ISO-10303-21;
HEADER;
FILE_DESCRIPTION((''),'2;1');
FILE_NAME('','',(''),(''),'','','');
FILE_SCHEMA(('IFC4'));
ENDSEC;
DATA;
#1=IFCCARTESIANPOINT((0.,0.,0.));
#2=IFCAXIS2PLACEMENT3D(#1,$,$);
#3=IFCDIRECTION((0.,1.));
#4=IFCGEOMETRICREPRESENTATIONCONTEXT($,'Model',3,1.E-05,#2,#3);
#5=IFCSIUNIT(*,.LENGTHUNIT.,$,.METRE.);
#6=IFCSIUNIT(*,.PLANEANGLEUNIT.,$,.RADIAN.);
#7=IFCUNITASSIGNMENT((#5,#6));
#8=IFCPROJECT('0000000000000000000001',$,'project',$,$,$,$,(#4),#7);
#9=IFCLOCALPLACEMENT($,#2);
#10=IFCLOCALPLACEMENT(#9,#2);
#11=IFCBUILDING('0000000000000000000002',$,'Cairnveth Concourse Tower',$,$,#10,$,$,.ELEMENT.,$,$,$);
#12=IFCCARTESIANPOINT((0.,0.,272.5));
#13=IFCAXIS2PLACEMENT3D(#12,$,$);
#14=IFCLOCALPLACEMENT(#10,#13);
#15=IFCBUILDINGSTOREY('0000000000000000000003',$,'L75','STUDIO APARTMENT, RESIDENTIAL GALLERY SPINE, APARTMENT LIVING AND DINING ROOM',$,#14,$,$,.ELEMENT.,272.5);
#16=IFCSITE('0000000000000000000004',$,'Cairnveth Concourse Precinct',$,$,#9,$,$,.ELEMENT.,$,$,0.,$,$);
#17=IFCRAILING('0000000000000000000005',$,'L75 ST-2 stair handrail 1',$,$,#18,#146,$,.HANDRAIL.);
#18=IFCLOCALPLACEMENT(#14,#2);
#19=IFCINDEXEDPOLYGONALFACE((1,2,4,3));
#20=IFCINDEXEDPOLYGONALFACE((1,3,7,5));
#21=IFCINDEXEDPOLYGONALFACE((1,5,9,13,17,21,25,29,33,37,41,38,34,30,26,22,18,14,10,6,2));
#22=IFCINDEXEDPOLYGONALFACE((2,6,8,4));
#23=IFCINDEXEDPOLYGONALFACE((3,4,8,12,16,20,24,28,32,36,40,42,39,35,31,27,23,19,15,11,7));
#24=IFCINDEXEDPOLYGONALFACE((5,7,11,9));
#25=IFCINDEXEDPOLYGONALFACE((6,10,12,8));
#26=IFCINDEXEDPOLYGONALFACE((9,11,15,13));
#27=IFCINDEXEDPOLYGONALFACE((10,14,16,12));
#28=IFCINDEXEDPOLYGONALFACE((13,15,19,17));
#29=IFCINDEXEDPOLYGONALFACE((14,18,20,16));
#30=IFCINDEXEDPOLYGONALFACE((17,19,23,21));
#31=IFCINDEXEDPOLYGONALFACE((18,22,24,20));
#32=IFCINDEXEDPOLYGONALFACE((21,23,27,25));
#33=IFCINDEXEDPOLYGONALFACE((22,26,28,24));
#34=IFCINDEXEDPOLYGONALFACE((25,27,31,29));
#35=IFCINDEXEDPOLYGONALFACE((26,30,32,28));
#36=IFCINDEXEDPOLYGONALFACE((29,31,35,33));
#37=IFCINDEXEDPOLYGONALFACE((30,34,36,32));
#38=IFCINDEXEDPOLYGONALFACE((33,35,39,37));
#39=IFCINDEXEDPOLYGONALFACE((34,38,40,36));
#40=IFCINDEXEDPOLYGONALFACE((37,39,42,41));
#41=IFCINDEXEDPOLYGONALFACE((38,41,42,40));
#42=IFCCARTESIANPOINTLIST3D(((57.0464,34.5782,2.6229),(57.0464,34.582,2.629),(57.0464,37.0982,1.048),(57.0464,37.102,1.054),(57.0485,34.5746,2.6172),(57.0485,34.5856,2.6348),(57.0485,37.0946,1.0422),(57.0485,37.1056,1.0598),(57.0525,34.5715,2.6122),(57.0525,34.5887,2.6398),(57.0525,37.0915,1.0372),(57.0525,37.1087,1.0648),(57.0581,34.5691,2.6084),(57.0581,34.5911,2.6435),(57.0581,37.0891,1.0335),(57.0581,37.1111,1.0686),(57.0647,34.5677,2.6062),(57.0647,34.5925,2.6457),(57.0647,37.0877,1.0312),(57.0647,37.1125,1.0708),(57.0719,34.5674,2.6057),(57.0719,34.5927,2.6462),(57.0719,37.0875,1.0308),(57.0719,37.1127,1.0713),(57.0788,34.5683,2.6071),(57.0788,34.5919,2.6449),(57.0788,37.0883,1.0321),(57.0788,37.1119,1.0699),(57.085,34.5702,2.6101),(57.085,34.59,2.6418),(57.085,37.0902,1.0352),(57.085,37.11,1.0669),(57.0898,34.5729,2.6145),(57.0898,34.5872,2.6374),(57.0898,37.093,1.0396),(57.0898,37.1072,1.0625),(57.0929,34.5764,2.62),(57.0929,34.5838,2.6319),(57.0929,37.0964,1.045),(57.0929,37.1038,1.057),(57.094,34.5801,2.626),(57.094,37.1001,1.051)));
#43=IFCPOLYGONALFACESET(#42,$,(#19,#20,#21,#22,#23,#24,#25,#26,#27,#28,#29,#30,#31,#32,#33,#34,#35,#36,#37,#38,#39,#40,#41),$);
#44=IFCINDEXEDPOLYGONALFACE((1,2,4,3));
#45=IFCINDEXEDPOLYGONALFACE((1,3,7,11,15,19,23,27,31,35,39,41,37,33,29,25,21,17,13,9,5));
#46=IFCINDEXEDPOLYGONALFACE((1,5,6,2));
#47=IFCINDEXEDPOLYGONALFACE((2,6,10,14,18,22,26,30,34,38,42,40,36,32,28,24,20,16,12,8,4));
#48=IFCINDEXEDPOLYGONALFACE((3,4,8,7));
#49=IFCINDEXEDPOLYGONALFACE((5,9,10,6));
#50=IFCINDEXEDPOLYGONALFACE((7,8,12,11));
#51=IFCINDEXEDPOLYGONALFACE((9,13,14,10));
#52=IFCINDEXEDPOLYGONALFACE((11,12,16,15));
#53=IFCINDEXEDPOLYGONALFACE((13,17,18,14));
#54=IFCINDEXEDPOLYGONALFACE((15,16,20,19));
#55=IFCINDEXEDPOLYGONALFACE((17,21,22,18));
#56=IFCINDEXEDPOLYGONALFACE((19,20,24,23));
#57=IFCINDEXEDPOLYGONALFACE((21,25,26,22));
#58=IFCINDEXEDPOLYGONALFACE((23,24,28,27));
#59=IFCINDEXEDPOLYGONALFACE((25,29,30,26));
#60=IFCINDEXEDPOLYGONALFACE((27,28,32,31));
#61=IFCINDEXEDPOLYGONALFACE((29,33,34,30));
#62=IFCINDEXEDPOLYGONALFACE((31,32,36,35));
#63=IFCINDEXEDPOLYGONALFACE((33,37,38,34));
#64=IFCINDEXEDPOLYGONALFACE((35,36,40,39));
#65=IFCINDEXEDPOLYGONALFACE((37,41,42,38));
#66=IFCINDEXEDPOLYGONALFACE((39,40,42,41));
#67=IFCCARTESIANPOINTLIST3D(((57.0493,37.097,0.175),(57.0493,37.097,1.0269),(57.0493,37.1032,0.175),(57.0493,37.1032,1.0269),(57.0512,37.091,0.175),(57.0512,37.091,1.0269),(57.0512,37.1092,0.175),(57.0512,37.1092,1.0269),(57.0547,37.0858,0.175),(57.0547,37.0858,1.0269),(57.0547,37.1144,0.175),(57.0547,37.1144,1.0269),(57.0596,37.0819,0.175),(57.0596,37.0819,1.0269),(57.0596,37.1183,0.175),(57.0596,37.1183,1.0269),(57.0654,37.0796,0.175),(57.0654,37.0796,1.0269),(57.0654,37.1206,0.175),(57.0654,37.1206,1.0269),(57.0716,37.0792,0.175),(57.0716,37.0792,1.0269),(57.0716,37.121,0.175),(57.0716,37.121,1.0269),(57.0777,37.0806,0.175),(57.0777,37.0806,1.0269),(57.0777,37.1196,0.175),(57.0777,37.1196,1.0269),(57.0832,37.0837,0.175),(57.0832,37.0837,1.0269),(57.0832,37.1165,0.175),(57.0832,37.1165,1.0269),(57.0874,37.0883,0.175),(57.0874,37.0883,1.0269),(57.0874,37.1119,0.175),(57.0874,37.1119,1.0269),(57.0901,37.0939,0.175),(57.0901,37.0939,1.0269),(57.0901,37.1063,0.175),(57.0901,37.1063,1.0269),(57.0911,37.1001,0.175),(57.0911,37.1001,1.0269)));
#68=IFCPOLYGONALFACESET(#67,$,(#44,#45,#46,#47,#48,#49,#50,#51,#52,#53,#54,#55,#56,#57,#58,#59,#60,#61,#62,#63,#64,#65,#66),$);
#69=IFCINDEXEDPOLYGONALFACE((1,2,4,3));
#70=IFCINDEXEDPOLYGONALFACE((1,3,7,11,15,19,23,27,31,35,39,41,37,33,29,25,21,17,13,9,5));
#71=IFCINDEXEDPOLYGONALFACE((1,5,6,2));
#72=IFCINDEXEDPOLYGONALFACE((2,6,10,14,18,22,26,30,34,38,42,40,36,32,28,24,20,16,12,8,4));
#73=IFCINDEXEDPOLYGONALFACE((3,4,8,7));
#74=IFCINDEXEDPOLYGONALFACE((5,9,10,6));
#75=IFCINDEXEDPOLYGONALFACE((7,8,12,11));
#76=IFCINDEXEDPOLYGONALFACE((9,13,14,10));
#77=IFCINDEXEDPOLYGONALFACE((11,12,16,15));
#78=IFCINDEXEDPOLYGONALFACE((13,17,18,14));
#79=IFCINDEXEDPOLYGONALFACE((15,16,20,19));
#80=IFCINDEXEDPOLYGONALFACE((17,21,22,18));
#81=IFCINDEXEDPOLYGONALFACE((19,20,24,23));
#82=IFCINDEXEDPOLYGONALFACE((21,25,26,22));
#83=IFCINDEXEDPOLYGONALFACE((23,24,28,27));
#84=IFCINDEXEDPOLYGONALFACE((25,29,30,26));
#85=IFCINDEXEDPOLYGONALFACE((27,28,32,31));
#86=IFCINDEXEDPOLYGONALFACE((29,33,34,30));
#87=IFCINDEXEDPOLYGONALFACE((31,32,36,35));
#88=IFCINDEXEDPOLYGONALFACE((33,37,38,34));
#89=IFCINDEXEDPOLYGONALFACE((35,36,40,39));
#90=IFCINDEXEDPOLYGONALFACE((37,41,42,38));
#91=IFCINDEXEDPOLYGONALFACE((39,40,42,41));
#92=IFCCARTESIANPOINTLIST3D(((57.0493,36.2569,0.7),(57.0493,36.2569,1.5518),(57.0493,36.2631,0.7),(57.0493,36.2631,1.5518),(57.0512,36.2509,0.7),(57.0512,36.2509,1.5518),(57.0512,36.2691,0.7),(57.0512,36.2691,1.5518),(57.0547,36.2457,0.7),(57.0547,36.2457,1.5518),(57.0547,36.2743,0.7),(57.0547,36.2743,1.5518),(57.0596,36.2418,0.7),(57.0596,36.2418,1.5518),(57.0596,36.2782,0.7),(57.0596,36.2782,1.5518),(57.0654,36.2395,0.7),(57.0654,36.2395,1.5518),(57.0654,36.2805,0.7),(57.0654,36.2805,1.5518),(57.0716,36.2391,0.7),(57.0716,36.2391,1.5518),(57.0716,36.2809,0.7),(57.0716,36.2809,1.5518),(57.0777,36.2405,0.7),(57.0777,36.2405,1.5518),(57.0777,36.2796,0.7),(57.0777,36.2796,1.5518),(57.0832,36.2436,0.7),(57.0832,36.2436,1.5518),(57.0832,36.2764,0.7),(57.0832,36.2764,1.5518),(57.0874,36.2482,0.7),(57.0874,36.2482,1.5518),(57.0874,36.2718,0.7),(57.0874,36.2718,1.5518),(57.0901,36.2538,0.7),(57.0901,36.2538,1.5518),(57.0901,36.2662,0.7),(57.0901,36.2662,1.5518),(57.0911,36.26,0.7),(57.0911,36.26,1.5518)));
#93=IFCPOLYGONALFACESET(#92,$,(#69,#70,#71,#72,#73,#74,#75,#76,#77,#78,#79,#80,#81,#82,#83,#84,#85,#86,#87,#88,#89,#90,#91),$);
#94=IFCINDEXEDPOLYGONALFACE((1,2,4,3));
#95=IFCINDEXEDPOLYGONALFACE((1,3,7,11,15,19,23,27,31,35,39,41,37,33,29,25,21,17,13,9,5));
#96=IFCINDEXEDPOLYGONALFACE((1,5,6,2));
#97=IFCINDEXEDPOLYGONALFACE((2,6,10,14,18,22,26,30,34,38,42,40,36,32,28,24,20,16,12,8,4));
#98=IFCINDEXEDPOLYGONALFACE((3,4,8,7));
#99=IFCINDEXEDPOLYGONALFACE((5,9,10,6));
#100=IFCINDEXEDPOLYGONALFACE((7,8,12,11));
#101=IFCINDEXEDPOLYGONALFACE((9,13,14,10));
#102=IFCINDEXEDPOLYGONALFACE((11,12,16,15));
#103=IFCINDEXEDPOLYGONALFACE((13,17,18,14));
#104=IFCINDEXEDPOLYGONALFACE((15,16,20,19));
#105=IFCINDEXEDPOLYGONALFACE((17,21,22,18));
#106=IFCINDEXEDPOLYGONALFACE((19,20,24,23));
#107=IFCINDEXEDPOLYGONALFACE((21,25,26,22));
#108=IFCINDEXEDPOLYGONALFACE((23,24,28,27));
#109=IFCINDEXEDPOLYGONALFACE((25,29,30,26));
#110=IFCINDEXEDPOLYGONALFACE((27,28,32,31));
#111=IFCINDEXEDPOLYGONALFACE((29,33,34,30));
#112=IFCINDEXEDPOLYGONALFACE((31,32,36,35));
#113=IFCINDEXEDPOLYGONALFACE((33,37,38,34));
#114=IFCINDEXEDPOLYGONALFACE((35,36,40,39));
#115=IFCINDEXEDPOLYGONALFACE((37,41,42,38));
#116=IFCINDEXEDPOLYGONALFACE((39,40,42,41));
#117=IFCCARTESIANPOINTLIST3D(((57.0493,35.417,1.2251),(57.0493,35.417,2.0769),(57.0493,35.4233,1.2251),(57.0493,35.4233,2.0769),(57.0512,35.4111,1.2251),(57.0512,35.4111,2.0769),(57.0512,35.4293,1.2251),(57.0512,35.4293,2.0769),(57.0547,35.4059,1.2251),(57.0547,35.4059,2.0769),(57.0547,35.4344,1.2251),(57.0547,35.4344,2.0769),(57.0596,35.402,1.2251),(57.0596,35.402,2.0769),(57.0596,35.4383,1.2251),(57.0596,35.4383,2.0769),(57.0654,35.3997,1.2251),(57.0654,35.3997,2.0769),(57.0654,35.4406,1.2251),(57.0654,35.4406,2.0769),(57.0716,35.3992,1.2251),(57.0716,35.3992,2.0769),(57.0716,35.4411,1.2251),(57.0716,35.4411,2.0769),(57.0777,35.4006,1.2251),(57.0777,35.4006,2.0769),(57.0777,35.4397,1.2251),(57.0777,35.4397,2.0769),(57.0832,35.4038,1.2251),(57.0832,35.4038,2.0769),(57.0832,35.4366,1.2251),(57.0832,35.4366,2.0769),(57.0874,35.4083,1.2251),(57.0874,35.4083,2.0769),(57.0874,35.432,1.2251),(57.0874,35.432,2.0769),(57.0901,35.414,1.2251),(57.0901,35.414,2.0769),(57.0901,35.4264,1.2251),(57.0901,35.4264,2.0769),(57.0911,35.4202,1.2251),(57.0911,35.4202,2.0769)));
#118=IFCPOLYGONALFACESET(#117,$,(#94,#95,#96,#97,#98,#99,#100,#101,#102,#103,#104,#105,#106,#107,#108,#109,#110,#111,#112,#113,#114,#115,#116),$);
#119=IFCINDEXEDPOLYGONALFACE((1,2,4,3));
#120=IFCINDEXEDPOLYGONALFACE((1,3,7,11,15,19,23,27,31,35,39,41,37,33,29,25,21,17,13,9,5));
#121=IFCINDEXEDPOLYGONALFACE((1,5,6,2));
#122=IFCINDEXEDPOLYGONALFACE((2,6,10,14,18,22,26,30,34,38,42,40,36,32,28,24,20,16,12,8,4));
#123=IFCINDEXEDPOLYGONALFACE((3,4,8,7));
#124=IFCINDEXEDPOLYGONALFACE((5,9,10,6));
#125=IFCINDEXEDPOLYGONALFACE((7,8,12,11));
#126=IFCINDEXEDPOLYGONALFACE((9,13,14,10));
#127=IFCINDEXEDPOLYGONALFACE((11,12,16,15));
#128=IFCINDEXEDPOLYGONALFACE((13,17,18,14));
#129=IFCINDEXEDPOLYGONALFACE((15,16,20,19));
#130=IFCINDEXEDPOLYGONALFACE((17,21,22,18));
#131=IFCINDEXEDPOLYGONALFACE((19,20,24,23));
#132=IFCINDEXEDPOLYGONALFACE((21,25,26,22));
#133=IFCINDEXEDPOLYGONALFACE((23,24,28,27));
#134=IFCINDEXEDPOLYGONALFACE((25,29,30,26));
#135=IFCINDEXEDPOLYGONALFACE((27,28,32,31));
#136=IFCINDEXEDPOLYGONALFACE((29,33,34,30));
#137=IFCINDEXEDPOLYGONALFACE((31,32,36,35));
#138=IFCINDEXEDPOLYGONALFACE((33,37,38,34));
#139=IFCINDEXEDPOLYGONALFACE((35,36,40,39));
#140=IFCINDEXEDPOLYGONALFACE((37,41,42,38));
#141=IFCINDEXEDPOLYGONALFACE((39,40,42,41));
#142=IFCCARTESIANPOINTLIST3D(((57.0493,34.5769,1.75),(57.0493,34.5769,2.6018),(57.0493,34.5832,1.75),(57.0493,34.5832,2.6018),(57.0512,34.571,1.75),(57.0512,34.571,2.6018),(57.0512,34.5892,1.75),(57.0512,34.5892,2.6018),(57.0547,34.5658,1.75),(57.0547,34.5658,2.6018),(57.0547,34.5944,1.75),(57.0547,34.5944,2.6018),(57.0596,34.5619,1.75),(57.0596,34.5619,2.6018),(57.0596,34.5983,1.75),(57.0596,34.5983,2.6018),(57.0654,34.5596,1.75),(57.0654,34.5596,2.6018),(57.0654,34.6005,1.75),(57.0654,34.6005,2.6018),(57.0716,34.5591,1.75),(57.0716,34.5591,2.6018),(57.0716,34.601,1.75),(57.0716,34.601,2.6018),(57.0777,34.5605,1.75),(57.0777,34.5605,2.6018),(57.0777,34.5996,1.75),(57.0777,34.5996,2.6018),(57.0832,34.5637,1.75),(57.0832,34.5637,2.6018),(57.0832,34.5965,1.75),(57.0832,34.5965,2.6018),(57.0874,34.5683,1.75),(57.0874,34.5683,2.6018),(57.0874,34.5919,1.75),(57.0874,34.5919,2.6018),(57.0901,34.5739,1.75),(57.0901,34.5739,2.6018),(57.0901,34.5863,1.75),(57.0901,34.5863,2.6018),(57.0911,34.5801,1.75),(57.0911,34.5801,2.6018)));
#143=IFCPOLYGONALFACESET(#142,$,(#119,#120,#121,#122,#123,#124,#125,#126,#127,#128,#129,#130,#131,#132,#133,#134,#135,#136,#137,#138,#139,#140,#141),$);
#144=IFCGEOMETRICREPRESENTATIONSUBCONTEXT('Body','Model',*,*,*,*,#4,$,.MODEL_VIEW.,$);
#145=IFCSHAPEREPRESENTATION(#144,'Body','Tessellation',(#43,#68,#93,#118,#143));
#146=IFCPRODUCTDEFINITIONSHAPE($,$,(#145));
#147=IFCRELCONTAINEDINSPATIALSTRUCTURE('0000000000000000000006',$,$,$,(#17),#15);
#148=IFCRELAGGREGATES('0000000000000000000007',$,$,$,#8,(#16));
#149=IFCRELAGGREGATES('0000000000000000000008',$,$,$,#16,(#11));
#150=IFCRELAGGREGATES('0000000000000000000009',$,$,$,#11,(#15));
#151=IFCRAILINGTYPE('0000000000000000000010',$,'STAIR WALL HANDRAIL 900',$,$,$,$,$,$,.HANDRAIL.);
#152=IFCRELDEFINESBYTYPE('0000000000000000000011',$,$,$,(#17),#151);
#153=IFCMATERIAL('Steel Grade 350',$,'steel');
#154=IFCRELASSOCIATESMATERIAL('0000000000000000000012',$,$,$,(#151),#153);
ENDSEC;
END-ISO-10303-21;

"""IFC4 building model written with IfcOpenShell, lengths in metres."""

from ifc_helpers import new_model, si_unit, direction, frame, origin, origin_2d, place, context, subcontext, project, spatial, circle, extrude, material, type_object, element, save


model = new_model("IFC4")

# Units and contexts
model_context = context("Model", 3, precision=1e-05, world=origin(), true_north=direction((0.0, 1.0)))
body_context = subcontext(model_context, "Body", "Model", "MODEL_VIEW")
ifc_project = project(units=[si_unit("LENGTHUNIT", "METRE"), si_unit("PLANEANGLEUNIT", "RADIAN")], contexts=[model_context])

# Site, building, storey
site_placement = place(None, origin())
site = spatial("IfcSite", under=ifc_project, at=site_placement, Name="Cairnveth Concourse Precinct", CompositionType="ELEMENT", RefElevation=0.0)
building_placement = place(site_placement, origin())
building = spatial("IfcBuilding", under=site, at=building_placement, Name="Cairnveth Concourse Tower", CompositionType="ELEMENT")
storey_placement = place(building_placement, frame((0.0, 0.0, 272.5)))
storey = spatial("IfcBuildingStorey", under=building, at=storey_placement, Name="L75", Description="STUDIO APARTMENT, RESIDENTIAL GALLERY SPINE, APARTMENT LIVING AND DINING ROOM", CompositionType="ELEMENT", Elevation=272.5)

# Shared definitions
ifc_material_1 = material(Name="Steel Grade 350", Category="steel")

# Railing
railing_type_1 = type_object("IfcRailingType", Name="STAIR WALL HANDRAIL 900", PredefinedType="HANDRAIL", material=ifc_material_1)
railing_1_placement = place(storey_placement, frame((57.0701, 37.1001, 0.175)))
element("IfcRailing", 1, at=railing_1_placement, inside=storey, type_object=railing_type_1, Name="L75 ST-2 stair handrail 1", PredefinedType="HANDRAIL", context=body_context, shape_type="SweptSolid", body=[
    extrude(circle(Radius=0.0239, at=origin_2d()), frame((0.0, 0.0, 0.876), z_axis=(0.0, -0.848008, 0.529984), x_axis=(1.0, 0.0, 0.0)), (0.0, 0.0, 1.0), 2.9717),
    extrude(circle(Radius=0.021, at=origin_2d()), origin(), (0.0, 0.0, 1.0), 0.8518),
    extrude(circle(Radius=0.021, at=origin_2d()), frame((0.0, -0.8401, 0.5249)), (0.0, 0.0, 1.0), 0.8518),
    extrude(circle(Radius=0.021, at=origin_2d()), frame((0.0, -1.6799, 1.05)), (0.0, 0.0, 1.0), 0.8518),
    extrude(circle(Radius=0.021, at=origin_2d()), frame((0.0, -2.52, 1.575)), (0.0, 0.0, 1.0), 0.8518),
])

save(model, "model.ifc")
